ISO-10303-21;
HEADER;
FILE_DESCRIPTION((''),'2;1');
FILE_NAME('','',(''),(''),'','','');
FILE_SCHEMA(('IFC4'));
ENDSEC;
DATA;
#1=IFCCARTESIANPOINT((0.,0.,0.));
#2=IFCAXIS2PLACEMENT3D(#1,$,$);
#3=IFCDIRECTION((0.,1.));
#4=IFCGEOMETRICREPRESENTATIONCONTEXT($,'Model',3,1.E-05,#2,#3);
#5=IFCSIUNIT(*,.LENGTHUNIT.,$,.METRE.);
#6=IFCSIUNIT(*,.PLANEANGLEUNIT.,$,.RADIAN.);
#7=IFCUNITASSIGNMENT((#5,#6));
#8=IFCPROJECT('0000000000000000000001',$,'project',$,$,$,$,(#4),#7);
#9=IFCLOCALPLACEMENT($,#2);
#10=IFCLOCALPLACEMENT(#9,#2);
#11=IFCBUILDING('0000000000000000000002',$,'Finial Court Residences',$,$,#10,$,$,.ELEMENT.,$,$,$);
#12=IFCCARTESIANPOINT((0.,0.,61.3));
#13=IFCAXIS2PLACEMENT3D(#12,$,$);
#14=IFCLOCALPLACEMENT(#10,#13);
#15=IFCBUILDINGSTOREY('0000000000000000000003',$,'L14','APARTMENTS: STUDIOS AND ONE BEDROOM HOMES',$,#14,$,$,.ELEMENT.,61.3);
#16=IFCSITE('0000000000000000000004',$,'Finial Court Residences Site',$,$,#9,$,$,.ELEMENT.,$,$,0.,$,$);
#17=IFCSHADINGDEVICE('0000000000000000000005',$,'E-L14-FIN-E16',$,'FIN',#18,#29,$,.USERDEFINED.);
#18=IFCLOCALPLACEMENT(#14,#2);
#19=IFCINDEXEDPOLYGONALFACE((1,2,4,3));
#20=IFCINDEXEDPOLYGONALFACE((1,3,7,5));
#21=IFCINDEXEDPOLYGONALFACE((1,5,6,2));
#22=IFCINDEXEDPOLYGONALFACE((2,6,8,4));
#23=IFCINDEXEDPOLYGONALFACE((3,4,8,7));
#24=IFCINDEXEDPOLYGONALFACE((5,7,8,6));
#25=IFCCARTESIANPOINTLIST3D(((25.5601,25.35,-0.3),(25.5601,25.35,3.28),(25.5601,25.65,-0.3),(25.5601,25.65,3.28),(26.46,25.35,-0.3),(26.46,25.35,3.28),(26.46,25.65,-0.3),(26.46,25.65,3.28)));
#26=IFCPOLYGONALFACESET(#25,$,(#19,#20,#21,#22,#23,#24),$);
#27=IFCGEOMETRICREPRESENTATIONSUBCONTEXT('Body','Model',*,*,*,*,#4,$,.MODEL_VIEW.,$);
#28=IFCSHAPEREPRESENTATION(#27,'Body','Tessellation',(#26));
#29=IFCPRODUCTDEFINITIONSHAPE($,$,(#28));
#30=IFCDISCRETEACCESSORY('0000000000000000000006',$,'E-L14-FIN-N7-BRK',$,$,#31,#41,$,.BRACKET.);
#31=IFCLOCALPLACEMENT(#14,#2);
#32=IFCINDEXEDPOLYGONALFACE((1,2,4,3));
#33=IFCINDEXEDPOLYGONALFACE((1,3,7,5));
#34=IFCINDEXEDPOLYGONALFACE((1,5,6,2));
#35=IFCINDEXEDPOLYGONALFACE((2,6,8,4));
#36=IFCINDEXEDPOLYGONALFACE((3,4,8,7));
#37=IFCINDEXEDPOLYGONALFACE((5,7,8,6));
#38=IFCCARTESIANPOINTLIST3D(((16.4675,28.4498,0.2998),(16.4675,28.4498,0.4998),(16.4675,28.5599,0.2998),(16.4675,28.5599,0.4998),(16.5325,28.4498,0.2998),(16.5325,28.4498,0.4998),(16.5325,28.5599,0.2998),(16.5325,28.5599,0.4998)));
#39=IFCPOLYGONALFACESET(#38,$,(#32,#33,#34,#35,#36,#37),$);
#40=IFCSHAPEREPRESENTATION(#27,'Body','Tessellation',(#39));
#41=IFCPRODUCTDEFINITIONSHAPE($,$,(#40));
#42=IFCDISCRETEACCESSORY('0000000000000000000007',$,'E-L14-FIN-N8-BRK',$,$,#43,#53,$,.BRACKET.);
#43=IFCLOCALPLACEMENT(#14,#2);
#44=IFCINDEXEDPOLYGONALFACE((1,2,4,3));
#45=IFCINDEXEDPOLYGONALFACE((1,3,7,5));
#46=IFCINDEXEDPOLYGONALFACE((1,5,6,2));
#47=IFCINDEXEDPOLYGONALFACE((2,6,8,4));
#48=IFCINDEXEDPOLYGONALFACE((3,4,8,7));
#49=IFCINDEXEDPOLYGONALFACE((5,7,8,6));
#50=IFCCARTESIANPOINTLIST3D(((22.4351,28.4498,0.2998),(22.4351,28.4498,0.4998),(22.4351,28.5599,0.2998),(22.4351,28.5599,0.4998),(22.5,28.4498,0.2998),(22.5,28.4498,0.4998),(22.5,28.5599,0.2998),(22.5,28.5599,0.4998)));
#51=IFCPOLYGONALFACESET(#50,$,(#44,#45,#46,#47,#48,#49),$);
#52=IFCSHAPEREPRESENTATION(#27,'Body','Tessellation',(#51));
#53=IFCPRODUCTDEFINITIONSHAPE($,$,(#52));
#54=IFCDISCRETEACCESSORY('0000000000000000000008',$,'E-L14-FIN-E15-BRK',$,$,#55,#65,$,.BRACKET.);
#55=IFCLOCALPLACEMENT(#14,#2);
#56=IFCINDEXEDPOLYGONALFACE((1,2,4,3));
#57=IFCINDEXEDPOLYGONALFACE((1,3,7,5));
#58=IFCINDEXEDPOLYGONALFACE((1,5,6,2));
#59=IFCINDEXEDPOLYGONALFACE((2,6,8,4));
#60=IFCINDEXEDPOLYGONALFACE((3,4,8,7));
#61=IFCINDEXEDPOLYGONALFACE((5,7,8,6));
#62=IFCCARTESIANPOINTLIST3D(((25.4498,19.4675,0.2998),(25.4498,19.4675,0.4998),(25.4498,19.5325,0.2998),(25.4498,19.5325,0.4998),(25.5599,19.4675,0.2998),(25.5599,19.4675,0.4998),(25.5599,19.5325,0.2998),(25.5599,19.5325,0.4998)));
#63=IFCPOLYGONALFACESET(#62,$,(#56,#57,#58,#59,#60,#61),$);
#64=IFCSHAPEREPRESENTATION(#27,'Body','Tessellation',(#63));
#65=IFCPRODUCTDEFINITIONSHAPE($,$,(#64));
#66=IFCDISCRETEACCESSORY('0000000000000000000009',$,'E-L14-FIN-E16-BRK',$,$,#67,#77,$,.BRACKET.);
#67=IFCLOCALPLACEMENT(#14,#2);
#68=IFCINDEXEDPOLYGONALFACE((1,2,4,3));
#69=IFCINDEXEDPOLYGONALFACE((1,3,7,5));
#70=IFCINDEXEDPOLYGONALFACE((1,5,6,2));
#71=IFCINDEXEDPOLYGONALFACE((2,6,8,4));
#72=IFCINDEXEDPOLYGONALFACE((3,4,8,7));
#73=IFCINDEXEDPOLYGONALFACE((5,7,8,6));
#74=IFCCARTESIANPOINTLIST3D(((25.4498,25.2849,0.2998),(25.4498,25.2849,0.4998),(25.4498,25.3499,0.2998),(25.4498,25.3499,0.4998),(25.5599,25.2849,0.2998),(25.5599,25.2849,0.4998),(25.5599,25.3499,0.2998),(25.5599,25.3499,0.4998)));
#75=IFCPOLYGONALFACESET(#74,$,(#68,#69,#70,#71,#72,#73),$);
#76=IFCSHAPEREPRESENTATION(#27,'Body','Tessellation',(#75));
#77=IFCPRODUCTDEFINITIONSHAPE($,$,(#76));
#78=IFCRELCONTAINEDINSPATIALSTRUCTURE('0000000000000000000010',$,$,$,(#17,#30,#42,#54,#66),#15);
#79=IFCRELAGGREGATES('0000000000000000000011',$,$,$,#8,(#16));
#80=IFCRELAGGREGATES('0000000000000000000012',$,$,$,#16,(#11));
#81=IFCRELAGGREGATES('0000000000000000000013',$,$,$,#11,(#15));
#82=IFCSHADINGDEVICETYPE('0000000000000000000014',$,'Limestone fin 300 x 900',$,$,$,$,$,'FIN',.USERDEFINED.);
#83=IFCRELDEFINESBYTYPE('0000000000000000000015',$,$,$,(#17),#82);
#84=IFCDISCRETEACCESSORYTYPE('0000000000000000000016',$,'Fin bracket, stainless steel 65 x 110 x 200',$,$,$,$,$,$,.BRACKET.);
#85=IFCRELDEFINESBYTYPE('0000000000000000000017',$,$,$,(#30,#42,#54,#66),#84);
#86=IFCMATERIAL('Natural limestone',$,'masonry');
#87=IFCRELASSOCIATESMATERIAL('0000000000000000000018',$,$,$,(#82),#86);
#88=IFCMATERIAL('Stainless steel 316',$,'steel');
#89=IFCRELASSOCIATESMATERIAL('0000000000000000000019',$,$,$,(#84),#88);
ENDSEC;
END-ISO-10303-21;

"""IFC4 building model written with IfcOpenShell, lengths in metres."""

from ifc_helpers import new_model, si_unit, direction, frame, origin, origin_2d, place, context, subcontext, project, spatial, rectangle, extrude, material, type_object, element, save


model = new_model("IFC4")

# Units and contexts
model_context = context("Model", 3, precision=1e-05, world=origin(), true_north=direction((0.0, 1.0)))
body_context = subcontext(model_context, "Body", "Model", "MODEL_VIEW")
ifc_project = project(units=[si_unit("LENGTHUNIT", "METRE"), si_unit("PLANEANGLEUNIT", "RADIAN")], contexts=[model_context])

# Site, building, storey
site_placement = place(None, origin())
site = spatial("IfcSite", under=ifc_project, at=site_placement, Name="Finial Court Residences Site", CompositionType="ELEMENT", RefElevation=0.0)
building_placement = place(site_placement, origin())
building = spatial("IfcBuilding", under=site, at=building_placement, Name="Finial Court Residences", CompositionType="ELEMENT")
storey_placement = place(building_placement, frame((0.0, 0.0, 61.3)))
storey = spatial("IfcBuildingStorey", under=building, at=storey_placement, Name="L14", Description="APARTMENTS: STUDIOS AND ONE BEDROOM HOMES", CompositionType="ELEMENT", Elevation=61.3)

# Shared definitions
ifc_material_1 = material(Name="Natural limestone", Category="masonry")

# Shading device
shading_device_type = type_object("IfcShadingDeviceType", Name="Limestone fin 300 x 900", ElementType="FIN", PredefinedType="USERDEFINED", material=ifc_material_1)
for number, where, z_axis, x_axis, name in (
    (1, (26.01, 25.5, -0.3), (0.0, 0.0, 1.0), (1.0, 0.0, 0.0), "E-L14-FIN-E16"),
):
    element("IfcShadingDevice", number, at=place(storey_placement, frame(where, z_axis=z_axis, x_axis=x_axis)), inside=storey, type_object=shading_device_type, Name=name, ObjectType="FIN", PredefinedType="USERDEFINED", context=body_context, shape_type="SweptSolid", body=[
        extrude(rectangle(XDim=0.8999, YDim=0.3, at=origin_2d()), origin(), (0.0, 0.0, 1.0), 3.5801),
    ])

# Discrete accessories
ifc_material_2 = material(Name="Stainless steel 316", Category="steel")
discrete_accessory_type = type_object("IfcDiscreteAccessoryType", Name="Fin bracket, stainless steel 65 x 110 x 200", PredefinedType="BRACKET", material=ifc_material_2)
for number, where, z_axis, x_axis, name in (
    (2, (16.5, 28.5049, 0.2998), (0.0, 0.0, 1.0), (1.0, 0.0, 0.0), "E-L14-FIN-N7-BRK"),
    (3, (22.4675, 28.5049, 0.2998), (0.0, 0.0, 1.0), (1.0, 0.0, 0.0), "E-L14-FIN-N8-BRK"),
):
    element("IfcDiscreteAccessory", number, at=place(storey_placement, frame(where, z_axis=z_axis, x_axis=x_axis)), inside=storey, type_object=discrete_accessory_type, Name=name, PredefinedType="BRACKET", context=body_context, shape_type="SweptSolid", body=[
        extrude(rectangle(XDim=0.0649, YDim=0.1101, at=origin_2d()), origin(), (0.0, 0.0, 1.0), 0.2),
    ])
for number, where, z_axis, x_axis, name in (
    (4, (25.5049, 19.5, 0.2998), (0.0, 0.0, 1.0), (1.0, 0.0, 0.0), "E-L14-FIN-E15-BRK"),
    (5, (25.5049, 25.3174, 0.2998), (0.0, 0.0, 1.0), (1.0, 0.0, 0.0), "E-L14-FIN-E16-BRK"),
):
    element("IfcDiscreteAccessory", number, at=place(storey_placement, frame(where, z_axis=z_axis, x_axis=x_axis)), inside=storey, type_object=discrete_accessory_type, Name=name, PredefinedType="BRACKET", context=body_context, shape_type="SweptSolid", body=[
        extrude(rectangle(XDim=0.1101, YDim=0.0649, at=origin_2d()), origin(), (0.0, 0.0, 1.0), 0.2),
    ])

save(model, "model.ifc")
